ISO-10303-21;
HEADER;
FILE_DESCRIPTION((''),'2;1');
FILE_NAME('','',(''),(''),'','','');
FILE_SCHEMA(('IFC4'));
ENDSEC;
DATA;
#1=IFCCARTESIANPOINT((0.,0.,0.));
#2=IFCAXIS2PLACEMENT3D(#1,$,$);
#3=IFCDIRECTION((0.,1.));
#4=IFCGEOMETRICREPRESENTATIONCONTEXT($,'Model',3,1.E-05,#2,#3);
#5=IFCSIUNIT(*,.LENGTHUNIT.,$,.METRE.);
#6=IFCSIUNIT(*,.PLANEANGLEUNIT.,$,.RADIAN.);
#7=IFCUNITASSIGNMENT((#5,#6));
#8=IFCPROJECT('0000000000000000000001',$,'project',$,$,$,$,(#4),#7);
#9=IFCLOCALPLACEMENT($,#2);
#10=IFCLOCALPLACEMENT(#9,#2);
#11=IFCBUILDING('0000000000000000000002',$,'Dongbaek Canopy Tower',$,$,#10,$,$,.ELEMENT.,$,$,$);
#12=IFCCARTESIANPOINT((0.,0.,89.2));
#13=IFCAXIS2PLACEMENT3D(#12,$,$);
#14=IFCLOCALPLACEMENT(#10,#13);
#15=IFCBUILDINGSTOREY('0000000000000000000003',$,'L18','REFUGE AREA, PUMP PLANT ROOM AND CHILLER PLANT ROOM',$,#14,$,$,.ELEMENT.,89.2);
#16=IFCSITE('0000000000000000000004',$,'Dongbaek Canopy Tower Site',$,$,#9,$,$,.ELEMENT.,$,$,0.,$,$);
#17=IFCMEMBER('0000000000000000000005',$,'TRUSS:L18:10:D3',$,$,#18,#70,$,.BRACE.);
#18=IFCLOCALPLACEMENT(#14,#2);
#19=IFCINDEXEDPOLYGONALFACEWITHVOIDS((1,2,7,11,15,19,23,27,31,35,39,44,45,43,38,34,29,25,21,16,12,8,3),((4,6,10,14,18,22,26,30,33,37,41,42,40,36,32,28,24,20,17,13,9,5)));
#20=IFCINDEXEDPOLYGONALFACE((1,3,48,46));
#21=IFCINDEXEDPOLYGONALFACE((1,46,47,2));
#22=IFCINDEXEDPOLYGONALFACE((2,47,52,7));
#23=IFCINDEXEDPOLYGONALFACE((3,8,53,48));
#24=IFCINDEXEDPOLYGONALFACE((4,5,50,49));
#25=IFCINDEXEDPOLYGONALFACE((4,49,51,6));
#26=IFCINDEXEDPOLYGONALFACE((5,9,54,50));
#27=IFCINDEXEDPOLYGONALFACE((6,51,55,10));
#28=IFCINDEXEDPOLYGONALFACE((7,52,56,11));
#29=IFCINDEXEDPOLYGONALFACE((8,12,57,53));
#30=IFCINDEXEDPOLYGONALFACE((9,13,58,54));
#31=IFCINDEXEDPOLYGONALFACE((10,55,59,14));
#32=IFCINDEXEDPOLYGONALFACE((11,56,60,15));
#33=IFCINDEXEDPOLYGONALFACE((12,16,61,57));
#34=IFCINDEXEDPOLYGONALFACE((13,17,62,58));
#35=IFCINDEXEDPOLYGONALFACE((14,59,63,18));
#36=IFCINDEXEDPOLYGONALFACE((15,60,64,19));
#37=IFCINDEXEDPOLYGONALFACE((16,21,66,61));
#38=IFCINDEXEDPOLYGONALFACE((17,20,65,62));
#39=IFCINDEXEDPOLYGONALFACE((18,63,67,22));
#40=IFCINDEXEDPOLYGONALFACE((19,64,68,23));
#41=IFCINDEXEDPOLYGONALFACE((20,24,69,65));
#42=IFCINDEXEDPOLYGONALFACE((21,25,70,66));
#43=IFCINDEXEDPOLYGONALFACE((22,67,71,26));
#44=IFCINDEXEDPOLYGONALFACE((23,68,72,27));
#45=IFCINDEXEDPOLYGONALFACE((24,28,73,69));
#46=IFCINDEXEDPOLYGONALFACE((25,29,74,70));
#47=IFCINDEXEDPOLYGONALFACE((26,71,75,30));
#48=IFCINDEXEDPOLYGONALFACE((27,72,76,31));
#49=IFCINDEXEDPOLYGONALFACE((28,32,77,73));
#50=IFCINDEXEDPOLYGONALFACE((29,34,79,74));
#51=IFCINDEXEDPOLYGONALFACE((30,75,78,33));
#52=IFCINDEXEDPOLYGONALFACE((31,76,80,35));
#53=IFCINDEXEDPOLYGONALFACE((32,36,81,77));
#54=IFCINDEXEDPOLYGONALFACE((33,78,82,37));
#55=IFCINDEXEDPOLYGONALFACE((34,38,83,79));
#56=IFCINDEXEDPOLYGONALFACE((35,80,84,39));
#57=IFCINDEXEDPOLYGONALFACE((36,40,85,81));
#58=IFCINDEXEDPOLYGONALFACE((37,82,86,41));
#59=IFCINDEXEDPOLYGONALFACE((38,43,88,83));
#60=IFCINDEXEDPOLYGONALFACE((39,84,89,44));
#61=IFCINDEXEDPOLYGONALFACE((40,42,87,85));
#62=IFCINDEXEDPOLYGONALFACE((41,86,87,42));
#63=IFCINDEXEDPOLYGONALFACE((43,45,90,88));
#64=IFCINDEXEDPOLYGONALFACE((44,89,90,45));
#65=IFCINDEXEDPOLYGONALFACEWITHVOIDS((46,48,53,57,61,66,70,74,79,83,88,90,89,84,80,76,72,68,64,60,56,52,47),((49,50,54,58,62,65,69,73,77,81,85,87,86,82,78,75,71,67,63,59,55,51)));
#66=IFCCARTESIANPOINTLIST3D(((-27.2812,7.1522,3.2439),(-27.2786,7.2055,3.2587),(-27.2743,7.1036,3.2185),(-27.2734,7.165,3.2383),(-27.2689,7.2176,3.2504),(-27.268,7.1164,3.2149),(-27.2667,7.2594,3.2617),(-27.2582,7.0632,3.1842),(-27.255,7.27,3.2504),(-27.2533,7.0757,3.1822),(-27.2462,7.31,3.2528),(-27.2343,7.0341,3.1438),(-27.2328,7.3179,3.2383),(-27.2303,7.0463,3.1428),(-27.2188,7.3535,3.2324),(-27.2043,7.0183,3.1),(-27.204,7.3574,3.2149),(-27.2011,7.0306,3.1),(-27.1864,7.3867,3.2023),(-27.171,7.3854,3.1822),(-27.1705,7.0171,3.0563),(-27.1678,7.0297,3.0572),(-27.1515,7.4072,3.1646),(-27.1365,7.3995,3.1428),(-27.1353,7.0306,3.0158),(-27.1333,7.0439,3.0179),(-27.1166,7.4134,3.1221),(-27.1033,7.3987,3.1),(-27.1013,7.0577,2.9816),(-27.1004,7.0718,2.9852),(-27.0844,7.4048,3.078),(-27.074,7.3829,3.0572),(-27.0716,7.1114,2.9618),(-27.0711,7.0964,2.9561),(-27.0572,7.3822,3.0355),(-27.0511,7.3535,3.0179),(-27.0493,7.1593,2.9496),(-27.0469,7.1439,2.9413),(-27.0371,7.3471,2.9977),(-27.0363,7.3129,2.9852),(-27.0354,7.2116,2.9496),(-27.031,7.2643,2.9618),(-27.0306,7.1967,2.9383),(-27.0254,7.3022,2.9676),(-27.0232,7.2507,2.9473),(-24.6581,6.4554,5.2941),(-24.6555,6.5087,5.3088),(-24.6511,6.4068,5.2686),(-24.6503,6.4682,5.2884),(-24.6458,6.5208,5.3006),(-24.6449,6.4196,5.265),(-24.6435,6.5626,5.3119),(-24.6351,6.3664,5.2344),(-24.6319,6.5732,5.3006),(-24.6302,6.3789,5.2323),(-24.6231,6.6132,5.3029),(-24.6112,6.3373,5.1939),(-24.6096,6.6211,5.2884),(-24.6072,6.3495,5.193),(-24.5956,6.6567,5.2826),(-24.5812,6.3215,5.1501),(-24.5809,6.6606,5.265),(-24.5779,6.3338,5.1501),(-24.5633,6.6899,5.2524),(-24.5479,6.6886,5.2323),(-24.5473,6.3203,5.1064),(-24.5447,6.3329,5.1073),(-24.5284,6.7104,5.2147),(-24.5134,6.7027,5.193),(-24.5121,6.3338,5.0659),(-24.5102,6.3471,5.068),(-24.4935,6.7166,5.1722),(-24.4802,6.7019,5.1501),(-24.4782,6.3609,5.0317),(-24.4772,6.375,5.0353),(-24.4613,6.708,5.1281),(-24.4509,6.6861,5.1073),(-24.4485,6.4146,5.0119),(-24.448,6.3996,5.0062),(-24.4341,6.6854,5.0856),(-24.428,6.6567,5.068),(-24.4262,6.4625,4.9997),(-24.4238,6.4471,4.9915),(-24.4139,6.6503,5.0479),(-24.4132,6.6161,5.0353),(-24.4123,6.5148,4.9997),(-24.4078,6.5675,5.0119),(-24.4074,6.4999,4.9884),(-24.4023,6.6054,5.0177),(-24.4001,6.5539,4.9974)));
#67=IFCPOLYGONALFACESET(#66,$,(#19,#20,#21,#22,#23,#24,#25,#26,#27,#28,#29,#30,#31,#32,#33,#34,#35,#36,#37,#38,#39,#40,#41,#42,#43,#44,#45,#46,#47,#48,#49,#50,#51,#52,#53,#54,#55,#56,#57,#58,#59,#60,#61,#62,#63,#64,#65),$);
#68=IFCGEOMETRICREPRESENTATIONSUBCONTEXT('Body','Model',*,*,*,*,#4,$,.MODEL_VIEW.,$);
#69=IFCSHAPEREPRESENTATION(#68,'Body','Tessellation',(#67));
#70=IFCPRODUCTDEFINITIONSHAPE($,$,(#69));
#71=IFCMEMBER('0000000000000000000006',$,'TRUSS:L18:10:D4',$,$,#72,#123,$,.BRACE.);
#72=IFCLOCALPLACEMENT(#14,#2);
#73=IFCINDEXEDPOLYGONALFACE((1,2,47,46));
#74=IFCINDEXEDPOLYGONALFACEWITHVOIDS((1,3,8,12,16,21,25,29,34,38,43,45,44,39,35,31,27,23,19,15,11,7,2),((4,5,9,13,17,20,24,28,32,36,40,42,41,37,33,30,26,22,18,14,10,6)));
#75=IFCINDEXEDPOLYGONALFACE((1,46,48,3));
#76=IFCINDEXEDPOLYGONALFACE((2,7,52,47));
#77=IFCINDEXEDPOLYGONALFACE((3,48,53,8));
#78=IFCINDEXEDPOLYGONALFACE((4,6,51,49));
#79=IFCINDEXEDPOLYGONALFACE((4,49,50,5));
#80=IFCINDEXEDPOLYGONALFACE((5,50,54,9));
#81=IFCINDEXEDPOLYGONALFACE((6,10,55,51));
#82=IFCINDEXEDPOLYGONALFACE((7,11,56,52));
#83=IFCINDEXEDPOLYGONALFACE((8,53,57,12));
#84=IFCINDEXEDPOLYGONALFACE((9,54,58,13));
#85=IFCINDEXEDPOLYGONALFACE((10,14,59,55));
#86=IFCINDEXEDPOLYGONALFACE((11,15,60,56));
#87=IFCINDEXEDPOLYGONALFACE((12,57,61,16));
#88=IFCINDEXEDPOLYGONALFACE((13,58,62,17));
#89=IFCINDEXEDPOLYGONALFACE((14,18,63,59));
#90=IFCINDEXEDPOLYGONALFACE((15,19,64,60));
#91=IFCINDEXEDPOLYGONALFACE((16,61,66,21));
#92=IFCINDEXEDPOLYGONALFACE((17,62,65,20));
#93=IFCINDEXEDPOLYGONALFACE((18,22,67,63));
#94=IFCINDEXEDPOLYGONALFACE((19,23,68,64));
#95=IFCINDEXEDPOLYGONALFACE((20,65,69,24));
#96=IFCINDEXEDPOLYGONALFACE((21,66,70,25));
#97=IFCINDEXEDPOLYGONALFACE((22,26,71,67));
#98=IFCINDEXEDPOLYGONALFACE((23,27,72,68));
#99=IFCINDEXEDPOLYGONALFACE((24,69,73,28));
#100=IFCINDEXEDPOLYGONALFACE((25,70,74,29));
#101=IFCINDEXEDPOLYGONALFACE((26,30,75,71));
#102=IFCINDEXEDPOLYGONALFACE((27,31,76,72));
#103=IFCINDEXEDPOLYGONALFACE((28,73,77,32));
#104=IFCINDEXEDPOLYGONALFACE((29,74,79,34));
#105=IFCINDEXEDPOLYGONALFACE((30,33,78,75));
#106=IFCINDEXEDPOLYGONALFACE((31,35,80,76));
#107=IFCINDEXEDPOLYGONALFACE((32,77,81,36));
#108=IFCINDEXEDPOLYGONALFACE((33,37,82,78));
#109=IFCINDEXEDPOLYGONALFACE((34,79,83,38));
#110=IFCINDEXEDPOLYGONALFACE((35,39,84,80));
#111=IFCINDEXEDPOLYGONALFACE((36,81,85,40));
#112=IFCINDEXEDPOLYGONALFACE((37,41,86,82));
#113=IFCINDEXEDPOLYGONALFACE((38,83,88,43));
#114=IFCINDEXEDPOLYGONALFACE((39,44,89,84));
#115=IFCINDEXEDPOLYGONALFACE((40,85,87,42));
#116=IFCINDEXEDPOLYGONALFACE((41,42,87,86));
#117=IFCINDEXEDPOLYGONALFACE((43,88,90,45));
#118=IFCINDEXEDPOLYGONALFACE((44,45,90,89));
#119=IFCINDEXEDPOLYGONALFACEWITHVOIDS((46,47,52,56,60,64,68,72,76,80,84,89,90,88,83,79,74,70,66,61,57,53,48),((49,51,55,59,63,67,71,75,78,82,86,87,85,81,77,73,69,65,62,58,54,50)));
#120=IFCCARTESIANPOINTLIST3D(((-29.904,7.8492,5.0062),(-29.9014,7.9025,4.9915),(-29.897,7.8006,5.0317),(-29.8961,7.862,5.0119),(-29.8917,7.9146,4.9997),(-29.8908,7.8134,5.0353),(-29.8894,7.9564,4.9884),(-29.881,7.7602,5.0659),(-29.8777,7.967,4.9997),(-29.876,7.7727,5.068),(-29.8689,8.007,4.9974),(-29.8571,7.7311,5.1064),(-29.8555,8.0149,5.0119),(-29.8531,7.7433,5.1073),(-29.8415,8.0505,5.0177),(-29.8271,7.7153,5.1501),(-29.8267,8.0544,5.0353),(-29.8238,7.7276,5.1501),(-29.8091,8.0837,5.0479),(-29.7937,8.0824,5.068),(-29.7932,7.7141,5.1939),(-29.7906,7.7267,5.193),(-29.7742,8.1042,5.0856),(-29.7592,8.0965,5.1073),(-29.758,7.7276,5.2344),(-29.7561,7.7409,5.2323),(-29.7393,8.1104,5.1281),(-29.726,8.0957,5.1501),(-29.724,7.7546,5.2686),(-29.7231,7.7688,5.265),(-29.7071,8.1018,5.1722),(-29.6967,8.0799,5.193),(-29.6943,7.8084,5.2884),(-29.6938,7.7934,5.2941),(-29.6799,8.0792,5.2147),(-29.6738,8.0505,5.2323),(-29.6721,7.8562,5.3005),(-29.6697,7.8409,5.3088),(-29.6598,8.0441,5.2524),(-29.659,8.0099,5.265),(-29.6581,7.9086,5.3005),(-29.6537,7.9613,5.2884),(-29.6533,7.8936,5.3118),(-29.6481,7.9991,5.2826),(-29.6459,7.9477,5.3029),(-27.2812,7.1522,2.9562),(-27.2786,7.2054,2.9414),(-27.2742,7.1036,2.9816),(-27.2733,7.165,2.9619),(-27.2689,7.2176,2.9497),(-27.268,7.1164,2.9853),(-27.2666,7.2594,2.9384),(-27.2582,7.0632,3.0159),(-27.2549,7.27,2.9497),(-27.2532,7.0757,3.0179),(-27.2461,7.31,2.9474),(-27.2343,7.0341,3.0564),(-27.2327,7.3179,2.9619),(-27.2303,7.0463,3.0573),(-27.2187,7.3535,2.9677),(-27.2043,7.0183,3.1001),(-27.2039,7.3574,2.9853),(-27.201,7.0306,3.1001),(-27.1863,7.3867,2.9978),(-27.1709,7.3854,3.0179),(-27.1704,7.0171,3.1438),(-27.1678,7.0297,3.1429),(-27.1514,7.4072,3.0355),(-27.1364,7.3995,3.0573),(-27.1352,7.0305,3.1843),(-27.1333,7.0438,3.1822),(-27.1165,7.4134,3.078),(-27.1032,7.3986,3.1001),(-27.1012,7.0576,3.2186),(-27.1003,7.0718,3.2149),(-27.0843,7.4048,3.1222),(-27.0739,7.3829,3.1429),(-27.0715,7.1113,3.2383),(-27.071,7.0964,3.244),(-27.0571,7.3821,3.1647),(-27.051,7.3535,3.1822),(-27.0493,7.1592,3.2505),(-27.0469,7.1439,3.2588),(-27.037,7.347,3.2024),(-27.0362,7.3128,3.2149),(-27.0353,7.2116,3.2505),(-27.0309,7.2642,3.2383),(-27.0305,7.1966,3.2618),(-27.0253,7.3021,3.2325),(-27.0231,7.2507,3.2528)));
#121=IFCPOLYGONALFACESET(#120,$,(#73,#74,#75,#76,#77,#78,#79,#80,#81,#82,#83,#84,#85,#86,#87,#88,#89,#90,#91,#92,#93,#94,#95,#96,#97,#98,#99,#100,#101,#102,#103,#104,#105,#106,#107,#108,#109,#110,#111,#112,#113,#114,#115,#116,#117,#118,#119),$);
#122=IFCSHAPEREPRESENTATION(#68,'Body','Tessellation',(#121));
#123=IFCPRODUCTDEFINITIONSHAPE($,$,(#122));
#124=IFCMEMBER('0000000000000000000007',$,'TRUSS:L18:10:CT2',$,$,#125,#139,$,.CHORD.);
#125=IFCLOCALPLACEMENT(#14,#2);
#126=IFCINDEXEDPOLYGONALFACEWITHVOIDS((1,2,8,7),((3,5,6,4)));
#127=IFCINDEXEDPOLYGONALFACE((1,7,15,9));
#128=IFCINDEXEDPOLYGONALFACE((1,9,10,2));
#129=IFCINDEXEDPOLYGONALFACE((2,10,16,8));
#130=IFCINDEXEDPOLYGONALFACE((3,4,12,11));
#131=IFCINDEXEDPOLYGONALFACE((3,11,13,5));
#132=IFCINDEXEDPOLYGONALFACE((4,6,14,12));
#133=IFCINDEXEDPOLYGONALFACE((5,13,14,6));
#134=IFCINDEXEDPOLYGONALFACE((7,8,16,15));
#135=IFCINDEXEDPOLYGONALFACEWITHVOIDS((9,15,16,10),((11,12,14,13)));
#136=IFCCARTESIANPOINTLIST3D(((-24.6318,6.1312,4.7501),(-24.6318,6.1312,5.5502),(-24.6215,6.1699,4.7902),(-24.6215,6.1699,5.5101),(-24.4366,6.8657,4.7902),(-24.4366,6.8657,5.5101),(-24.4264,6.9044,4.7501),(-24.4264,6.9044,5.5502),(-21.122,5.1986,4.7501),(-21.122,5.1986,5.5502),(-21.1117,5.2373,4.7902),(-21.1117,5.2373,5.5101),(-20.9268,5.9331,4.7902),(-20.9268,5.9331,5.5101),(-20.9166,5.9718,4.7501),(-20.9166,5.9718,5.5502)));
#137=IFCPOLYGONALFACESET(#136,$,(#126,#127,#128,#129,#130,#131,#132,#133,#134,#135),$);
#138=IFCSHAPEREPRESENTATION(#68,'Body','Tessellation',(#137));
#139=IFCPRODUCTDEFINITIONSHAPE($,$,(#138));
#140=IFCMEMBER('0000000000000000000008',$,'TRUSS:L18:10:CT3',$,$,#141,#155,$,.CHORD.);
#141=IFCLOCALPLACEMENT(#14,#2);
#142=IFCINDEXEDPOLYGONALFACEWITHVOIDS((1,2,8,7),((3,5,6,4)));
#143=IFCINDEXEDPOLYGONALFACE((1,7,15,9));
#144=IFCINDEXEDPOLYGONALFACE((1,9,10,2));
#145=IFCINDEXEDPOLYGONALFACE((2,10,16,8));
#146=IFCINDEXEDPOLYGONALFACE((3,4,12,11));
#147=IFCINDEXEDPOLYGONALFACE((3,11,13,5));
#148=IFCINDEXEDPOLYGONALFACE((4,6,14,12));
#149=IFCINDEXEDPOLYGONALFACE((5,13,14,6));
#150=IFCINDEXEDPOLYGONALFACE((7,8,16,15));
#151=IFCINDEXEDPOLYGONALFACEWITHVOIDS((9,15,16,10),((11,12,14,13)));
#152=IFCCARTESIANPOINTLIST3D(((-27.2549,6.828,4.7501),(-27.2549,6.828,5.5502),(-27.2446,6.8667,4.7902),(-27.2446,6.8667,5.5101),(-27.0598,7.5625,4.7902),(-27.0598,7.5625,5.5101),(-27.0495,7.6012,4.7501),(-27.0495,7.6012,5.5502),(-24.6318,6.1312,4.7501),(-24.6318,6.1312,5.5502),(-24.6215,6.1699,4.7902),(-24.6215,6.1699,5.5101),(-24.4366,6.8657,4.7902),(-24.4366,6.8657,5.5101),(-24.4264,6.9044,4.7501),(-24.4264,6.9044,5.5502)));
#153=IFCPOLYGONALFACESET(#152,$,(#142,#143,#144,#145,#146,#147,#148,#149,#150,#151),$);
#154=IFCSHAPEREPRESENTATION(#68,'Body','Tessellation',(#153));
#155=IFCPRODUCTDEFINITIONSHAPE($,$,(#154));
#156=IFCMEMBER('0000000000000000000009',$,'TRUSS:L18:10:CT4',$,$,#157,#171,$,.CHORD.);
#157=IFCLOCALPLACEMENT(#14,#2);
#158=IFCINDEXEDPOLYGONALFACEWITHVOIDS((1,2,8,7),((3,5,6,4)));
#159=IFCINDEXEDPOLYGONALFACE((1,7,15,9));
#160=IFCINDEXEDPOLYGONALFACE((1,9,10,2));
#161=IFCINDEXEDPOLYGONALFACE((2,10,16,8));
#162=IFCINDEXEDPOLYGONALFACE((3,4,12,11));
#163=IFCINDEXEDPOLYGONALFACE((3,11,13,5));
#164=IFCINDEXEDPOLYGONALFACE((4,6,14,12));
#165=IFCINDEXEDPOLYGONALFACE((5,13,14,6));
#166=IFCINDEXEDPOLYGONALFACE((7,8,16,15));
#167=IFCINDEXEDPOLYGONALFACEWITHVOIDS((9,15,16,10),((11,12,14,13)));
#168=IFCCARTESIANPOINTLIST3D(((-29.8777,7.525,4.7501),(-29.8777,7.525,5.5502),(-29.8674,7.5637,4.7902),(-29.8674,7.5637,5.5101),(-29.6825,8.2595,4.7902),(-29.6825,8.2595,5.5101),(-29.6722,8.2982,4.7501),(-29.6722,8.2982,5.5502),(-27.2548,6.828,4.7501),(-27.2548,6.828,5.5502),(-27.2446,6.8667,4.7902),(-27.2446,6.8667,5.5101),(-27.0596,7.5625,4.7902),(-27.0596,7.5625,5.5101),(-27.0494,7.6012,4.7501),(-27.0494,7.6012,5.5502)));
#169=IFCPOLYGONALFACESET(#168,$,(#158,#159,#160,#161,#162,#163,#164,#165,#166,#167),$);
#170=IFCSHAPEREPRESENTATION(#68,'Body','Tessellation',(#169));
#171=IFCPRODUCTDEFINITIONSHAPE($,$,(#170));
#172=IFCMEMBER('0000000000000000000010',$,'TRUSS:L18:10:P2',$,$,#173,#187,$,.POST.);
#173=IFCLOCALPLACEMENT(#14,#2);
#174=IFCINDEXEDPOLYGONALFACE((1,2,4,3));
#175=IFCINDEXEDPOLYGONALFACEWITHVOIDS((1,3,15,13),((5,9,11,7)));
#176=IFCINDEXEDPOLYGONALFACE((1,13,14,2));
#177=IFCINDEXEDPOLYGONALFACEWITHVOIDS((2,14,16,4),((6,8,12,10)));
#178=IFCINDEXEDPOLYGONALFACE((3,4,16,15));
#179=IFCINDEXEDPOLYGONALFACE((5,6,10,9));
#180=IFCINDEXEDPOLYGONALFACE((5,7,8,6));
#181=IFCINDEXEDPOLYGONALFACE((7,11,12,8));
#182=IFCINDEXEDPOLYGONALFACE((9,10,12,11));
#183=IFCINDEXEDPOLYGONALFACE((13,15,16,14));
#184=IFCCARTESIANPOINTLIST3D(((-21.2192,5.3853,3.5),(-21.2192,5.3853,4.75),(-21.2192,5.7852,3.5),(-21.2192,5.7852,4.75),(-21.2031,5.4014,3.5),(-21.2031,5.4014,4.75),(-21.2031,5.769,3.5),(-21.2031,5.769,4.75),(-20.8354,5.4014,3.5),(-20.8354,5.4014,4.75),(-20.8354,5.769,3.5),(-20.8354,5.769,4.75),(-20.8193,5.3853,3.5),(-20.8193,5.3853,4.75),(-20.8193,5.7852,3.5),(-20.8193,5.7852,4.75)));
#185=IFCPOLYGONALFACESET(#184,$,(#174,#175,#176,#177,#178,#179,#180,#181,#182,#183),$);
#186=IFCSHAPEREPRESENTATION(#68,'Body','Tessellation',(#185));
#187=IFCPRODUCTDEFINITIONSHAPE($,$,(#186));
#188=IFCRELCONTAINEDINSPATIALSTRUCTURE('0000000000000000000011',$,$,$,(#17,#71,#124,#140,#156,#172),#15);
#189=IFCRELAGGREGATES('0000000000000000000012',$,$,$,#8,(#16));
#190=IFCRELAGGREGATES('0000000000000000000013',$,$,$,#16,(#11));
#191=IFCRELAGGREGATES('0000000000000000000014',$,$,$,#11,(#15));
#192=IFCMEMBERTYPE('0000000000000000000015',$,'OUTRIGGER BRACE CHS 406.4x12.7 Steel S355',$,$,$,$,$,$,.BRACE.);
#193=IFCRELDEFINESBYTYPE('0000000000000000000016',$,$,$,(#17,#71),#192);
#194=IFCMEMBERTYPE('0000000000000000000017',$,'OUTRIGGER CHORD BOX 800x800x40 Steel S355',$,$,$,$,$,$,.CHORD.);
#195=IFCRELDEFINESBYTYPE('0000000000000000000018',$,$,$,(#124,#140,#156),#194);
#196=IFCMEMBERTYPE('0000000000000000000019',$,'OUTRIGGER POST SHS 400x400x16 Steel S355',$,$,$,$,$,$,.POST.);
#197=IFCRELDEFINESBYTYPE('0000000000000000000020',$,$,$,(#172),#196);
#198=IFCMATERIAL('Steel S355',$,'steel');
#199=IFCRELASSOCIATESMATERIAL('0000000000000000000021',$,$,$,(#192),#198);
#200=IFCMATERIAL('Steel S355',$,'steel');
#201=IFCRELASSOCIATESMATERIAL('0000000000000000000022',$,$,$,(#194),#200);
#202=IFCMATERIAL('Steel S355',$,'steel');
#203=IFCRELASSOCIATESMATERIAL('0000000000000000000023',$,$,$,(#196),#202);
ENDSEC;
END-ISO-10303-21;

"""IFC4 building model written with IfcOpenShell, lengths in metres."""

from ifc_helpers import new_model, si_unit, direction, frame, origin, origin_2d, place, context, subcontext, project, spatial, hollow_rectangle, hollow_circle, extrude, material, material_profile, profile_set, type_object, element, save


model = new_model("IFC4")

# Units and contexts
model_context = context("Model", 3, precision=1e-05, world=origin(), true_north=direction((0.0, 1.0)))
body_context = subcontext(model_context, "Body", "Model", "MODEL_VIEW")
ifc_project = project(units=[si_unit("LENGTHUNIT", "METRE"), si_unit("PLANEANGLEUNIT", "RADIAN")], contexts=[model_context])

# Site, building, storey
site_placement = place(None, origin())
site = spatial("IfcSite", under=ifc_project, at=site_placement, Name="Dongbaek Canopy Tower Site", CompositionType="ELEMENT", RefElevation=0.0)
building_placement = place(site_placement, origin())
building = spatial("IfcBuilding", under=site, at=building_placement, Name="Dongbaek Canopy Tower", CompositionType="ELEMENT")
storey_placement = place(building_placement, frame((0.0, 0.0, 89.2)))
storey = spatial("IfcBuildingStorey", under=building, at=storey_placement, Name="L18", Description="REFUGE AREA, PUMP PLANT ROOM AND CHILLER PLANT ROOM", CompositionType="ELEMENT", Elevation=89.2)

# Members
ifc_material_1 = material(Name="Steel S355", Category="steel")
ifc_material_profile_1 = material_profile(ifc_material_1, hollow_circle(Radius=0.2031, WallThickness=0.0127, at=origin_2d()), Name="OUTRIGGER BRACE CHS 406.4x12.7 Steel S355")
ifc_profile_set_1 = profile_set([ifc_material_profile_1], Name="Steel S355")
member_type_1 = type_object("IfcMemberType", Name="OUTRIGGER BRACE CHS 406.4x12.7 Steel S355", PredefinedType="BRACE", material=ifc_profile_set_1)
member_1_placement = place(storey_placement, frame((-24.5291, 6.5178, 5.1501), z_axis=(-0.771198, 0.204859, -0.602732), x_axis=(-0.256733, -0.966482, 0.0)))
element("IfcMember", 1, at=member_1_placement, inside=storey, type_object=member_type_1, Name="TRUSS:L18:10:D3", PredefinedType="BRACE", context=body_context, shape_type="SweptSolid", body=[
    extrude(hollow_circle(Radius=0.2031, WallThickness=0.0127, at=origin_2d()), origin(), (0.0, 0.0, 1.0), 3.4014),
])
member_2_placement = place(storey_placement, frame((-27.1521, 7.2146, 3.1001), z_axis=(-0.771158, 0.204939, 0.602757), x_axis=(-0.256839, -0.966454, 0.0)))
element("IfcMember", 2, at=member_2_placement, inside=storey, type_object=member_type_1, Name="TRUSS:L18:10:D4", PredefinedType="BRACE", context=body_context, shape_type="SweptSolid", body=[
    extrude(hollow_circle(Radius=0.2031, WallThickness=0.0127, at=origin_2d()), origin(), (0.0, 0.0, 1.0), 3.4011),
])
ifc_material_2 = material(Name="Steel S355", Category="steel")
ifc_material_profile_2 = material_profile(ifc_material_2, hollow_rectangle(XDim=0.8, YDim=0.8, WallThickness=0.04, at=origin_2d()), Name="OUTRIGGER CHORD BOX 800x800x40 Steel S355")
ifc_profile_set_2 = profile_set([ifc_material_profile_2], Name="Steel S355")
member_type_2 = type_object("IfcMemberType", Name="OUTRIGGER CHORD BOX 800x800x40 Steel S355", PredefinedType="CHORD", material=ifc_profile_set_2)
member_3_placement = place(storey_placement, frame((-21.0193, 5.5852, 5.1501), z_axis=(-0.966462, 0.256809, 0.0), x_axis=(-0.256809, -0.966462, 0.0)))
element("IfcMember", 3, at=member_3_placement, inside=storey, type_object=member_type_2, Name="TRUSS:L18:10:CT2", PredefinedType="CHORD", context=body_context, shape_type="SweptSolid", body=[
    extrude(hollow_rectangle(XDim=0.8, YDim=0.8, WallThickness=0.04, at=origin_2d()), origin(), (0.0, 0.0, 1.0), 3.6316),
])
member_4_placement = place(storey_placement, frame((-24.5291, 6.5178, 5.1501), z_axis=(-0.966482, 0.256733, 0.0), x_axis=(-0.256733, -0.966482, 0.0)))
element("IfcMember", 4, at=member_4_placement, inside=storey, type_object=member_type_2, Name="TRUSS:L18:10:CT3", PredefinedType="CHORD", context=body_context, shape_type="SweptSolid", body=[
    extrude(hollow_rectangle(XDim=0.8, YDim=0.8, WallThickness=0.04, at=origin_2d()), origin(), (0.0, 0.0, 1.0), 2.7141),
])
member_5_placement = place(storey_placement, frame((-27.1521, 7.2146, 5.1501), z_axis=(-0.966454, 0.256839, 0.0), x_axis=(-0.256839, -0.966454, 0.0)))
element("IfcMember", 5, at=member_5_placement, inside=storey, type_object=member_type_2, Name="TRUSS:L18:10:CT4", PredefinedType="CHORD", context=body_context, shape_type="SweptSolid", body=[
    extrude(hollow_rectangle(XDim=0.8, YDim=0.8, WallThickness=0.04, at=origin_2d()), origin(), (0.0, 0.0, 1.0), 2.7139),
])
ifc_material_3 = material(Name="Steel S355", Category="steel")
ifc_material_profile_3 = material_profile(ifc_material_3, hollow_rectangle(XDim=0.3999, YDim=0.3999, WallThickness=0.0161, at=origin_2d()), Name="OUTRIGGER POST SHS 400x400x16 Steel S355")
ifc_profile_set_3 = profile_set([ifc_material_profile_3], Name="Steel S355")
member_type_3 = type_object("IfcMemberType", Name="OUTRIGGER POST SHS 400x400x16 Steel S355", PredefinedType="POST", material=ifc_profile_set_3)
for number, where, z_axis, x_axis, name in (
    (6, (-21.0193, 5.5852, 3.5), (0.0, 0.0, 1.0), (1.0, 0.0, 0.0), "TRUSS:L18:10:P2"),
):
    element("IfcMember", number, at=place(storey_placement, frame(where, z_axis=z_axis, x_axis=x_axis)), inside=storey, type_object=member_type_3, Name=name, PredefinedType="POST", context=body_context, shape_type="SweptSolid", body=[
        extrude(hollow_rectangle(XDim=0.3999, YDim=0.3999, WallThickness=0.0161, at=origin_2d()), origin(), (0.0, 0.0, 1.0), 1.25),
    ])

save(model, "model.ifc")
